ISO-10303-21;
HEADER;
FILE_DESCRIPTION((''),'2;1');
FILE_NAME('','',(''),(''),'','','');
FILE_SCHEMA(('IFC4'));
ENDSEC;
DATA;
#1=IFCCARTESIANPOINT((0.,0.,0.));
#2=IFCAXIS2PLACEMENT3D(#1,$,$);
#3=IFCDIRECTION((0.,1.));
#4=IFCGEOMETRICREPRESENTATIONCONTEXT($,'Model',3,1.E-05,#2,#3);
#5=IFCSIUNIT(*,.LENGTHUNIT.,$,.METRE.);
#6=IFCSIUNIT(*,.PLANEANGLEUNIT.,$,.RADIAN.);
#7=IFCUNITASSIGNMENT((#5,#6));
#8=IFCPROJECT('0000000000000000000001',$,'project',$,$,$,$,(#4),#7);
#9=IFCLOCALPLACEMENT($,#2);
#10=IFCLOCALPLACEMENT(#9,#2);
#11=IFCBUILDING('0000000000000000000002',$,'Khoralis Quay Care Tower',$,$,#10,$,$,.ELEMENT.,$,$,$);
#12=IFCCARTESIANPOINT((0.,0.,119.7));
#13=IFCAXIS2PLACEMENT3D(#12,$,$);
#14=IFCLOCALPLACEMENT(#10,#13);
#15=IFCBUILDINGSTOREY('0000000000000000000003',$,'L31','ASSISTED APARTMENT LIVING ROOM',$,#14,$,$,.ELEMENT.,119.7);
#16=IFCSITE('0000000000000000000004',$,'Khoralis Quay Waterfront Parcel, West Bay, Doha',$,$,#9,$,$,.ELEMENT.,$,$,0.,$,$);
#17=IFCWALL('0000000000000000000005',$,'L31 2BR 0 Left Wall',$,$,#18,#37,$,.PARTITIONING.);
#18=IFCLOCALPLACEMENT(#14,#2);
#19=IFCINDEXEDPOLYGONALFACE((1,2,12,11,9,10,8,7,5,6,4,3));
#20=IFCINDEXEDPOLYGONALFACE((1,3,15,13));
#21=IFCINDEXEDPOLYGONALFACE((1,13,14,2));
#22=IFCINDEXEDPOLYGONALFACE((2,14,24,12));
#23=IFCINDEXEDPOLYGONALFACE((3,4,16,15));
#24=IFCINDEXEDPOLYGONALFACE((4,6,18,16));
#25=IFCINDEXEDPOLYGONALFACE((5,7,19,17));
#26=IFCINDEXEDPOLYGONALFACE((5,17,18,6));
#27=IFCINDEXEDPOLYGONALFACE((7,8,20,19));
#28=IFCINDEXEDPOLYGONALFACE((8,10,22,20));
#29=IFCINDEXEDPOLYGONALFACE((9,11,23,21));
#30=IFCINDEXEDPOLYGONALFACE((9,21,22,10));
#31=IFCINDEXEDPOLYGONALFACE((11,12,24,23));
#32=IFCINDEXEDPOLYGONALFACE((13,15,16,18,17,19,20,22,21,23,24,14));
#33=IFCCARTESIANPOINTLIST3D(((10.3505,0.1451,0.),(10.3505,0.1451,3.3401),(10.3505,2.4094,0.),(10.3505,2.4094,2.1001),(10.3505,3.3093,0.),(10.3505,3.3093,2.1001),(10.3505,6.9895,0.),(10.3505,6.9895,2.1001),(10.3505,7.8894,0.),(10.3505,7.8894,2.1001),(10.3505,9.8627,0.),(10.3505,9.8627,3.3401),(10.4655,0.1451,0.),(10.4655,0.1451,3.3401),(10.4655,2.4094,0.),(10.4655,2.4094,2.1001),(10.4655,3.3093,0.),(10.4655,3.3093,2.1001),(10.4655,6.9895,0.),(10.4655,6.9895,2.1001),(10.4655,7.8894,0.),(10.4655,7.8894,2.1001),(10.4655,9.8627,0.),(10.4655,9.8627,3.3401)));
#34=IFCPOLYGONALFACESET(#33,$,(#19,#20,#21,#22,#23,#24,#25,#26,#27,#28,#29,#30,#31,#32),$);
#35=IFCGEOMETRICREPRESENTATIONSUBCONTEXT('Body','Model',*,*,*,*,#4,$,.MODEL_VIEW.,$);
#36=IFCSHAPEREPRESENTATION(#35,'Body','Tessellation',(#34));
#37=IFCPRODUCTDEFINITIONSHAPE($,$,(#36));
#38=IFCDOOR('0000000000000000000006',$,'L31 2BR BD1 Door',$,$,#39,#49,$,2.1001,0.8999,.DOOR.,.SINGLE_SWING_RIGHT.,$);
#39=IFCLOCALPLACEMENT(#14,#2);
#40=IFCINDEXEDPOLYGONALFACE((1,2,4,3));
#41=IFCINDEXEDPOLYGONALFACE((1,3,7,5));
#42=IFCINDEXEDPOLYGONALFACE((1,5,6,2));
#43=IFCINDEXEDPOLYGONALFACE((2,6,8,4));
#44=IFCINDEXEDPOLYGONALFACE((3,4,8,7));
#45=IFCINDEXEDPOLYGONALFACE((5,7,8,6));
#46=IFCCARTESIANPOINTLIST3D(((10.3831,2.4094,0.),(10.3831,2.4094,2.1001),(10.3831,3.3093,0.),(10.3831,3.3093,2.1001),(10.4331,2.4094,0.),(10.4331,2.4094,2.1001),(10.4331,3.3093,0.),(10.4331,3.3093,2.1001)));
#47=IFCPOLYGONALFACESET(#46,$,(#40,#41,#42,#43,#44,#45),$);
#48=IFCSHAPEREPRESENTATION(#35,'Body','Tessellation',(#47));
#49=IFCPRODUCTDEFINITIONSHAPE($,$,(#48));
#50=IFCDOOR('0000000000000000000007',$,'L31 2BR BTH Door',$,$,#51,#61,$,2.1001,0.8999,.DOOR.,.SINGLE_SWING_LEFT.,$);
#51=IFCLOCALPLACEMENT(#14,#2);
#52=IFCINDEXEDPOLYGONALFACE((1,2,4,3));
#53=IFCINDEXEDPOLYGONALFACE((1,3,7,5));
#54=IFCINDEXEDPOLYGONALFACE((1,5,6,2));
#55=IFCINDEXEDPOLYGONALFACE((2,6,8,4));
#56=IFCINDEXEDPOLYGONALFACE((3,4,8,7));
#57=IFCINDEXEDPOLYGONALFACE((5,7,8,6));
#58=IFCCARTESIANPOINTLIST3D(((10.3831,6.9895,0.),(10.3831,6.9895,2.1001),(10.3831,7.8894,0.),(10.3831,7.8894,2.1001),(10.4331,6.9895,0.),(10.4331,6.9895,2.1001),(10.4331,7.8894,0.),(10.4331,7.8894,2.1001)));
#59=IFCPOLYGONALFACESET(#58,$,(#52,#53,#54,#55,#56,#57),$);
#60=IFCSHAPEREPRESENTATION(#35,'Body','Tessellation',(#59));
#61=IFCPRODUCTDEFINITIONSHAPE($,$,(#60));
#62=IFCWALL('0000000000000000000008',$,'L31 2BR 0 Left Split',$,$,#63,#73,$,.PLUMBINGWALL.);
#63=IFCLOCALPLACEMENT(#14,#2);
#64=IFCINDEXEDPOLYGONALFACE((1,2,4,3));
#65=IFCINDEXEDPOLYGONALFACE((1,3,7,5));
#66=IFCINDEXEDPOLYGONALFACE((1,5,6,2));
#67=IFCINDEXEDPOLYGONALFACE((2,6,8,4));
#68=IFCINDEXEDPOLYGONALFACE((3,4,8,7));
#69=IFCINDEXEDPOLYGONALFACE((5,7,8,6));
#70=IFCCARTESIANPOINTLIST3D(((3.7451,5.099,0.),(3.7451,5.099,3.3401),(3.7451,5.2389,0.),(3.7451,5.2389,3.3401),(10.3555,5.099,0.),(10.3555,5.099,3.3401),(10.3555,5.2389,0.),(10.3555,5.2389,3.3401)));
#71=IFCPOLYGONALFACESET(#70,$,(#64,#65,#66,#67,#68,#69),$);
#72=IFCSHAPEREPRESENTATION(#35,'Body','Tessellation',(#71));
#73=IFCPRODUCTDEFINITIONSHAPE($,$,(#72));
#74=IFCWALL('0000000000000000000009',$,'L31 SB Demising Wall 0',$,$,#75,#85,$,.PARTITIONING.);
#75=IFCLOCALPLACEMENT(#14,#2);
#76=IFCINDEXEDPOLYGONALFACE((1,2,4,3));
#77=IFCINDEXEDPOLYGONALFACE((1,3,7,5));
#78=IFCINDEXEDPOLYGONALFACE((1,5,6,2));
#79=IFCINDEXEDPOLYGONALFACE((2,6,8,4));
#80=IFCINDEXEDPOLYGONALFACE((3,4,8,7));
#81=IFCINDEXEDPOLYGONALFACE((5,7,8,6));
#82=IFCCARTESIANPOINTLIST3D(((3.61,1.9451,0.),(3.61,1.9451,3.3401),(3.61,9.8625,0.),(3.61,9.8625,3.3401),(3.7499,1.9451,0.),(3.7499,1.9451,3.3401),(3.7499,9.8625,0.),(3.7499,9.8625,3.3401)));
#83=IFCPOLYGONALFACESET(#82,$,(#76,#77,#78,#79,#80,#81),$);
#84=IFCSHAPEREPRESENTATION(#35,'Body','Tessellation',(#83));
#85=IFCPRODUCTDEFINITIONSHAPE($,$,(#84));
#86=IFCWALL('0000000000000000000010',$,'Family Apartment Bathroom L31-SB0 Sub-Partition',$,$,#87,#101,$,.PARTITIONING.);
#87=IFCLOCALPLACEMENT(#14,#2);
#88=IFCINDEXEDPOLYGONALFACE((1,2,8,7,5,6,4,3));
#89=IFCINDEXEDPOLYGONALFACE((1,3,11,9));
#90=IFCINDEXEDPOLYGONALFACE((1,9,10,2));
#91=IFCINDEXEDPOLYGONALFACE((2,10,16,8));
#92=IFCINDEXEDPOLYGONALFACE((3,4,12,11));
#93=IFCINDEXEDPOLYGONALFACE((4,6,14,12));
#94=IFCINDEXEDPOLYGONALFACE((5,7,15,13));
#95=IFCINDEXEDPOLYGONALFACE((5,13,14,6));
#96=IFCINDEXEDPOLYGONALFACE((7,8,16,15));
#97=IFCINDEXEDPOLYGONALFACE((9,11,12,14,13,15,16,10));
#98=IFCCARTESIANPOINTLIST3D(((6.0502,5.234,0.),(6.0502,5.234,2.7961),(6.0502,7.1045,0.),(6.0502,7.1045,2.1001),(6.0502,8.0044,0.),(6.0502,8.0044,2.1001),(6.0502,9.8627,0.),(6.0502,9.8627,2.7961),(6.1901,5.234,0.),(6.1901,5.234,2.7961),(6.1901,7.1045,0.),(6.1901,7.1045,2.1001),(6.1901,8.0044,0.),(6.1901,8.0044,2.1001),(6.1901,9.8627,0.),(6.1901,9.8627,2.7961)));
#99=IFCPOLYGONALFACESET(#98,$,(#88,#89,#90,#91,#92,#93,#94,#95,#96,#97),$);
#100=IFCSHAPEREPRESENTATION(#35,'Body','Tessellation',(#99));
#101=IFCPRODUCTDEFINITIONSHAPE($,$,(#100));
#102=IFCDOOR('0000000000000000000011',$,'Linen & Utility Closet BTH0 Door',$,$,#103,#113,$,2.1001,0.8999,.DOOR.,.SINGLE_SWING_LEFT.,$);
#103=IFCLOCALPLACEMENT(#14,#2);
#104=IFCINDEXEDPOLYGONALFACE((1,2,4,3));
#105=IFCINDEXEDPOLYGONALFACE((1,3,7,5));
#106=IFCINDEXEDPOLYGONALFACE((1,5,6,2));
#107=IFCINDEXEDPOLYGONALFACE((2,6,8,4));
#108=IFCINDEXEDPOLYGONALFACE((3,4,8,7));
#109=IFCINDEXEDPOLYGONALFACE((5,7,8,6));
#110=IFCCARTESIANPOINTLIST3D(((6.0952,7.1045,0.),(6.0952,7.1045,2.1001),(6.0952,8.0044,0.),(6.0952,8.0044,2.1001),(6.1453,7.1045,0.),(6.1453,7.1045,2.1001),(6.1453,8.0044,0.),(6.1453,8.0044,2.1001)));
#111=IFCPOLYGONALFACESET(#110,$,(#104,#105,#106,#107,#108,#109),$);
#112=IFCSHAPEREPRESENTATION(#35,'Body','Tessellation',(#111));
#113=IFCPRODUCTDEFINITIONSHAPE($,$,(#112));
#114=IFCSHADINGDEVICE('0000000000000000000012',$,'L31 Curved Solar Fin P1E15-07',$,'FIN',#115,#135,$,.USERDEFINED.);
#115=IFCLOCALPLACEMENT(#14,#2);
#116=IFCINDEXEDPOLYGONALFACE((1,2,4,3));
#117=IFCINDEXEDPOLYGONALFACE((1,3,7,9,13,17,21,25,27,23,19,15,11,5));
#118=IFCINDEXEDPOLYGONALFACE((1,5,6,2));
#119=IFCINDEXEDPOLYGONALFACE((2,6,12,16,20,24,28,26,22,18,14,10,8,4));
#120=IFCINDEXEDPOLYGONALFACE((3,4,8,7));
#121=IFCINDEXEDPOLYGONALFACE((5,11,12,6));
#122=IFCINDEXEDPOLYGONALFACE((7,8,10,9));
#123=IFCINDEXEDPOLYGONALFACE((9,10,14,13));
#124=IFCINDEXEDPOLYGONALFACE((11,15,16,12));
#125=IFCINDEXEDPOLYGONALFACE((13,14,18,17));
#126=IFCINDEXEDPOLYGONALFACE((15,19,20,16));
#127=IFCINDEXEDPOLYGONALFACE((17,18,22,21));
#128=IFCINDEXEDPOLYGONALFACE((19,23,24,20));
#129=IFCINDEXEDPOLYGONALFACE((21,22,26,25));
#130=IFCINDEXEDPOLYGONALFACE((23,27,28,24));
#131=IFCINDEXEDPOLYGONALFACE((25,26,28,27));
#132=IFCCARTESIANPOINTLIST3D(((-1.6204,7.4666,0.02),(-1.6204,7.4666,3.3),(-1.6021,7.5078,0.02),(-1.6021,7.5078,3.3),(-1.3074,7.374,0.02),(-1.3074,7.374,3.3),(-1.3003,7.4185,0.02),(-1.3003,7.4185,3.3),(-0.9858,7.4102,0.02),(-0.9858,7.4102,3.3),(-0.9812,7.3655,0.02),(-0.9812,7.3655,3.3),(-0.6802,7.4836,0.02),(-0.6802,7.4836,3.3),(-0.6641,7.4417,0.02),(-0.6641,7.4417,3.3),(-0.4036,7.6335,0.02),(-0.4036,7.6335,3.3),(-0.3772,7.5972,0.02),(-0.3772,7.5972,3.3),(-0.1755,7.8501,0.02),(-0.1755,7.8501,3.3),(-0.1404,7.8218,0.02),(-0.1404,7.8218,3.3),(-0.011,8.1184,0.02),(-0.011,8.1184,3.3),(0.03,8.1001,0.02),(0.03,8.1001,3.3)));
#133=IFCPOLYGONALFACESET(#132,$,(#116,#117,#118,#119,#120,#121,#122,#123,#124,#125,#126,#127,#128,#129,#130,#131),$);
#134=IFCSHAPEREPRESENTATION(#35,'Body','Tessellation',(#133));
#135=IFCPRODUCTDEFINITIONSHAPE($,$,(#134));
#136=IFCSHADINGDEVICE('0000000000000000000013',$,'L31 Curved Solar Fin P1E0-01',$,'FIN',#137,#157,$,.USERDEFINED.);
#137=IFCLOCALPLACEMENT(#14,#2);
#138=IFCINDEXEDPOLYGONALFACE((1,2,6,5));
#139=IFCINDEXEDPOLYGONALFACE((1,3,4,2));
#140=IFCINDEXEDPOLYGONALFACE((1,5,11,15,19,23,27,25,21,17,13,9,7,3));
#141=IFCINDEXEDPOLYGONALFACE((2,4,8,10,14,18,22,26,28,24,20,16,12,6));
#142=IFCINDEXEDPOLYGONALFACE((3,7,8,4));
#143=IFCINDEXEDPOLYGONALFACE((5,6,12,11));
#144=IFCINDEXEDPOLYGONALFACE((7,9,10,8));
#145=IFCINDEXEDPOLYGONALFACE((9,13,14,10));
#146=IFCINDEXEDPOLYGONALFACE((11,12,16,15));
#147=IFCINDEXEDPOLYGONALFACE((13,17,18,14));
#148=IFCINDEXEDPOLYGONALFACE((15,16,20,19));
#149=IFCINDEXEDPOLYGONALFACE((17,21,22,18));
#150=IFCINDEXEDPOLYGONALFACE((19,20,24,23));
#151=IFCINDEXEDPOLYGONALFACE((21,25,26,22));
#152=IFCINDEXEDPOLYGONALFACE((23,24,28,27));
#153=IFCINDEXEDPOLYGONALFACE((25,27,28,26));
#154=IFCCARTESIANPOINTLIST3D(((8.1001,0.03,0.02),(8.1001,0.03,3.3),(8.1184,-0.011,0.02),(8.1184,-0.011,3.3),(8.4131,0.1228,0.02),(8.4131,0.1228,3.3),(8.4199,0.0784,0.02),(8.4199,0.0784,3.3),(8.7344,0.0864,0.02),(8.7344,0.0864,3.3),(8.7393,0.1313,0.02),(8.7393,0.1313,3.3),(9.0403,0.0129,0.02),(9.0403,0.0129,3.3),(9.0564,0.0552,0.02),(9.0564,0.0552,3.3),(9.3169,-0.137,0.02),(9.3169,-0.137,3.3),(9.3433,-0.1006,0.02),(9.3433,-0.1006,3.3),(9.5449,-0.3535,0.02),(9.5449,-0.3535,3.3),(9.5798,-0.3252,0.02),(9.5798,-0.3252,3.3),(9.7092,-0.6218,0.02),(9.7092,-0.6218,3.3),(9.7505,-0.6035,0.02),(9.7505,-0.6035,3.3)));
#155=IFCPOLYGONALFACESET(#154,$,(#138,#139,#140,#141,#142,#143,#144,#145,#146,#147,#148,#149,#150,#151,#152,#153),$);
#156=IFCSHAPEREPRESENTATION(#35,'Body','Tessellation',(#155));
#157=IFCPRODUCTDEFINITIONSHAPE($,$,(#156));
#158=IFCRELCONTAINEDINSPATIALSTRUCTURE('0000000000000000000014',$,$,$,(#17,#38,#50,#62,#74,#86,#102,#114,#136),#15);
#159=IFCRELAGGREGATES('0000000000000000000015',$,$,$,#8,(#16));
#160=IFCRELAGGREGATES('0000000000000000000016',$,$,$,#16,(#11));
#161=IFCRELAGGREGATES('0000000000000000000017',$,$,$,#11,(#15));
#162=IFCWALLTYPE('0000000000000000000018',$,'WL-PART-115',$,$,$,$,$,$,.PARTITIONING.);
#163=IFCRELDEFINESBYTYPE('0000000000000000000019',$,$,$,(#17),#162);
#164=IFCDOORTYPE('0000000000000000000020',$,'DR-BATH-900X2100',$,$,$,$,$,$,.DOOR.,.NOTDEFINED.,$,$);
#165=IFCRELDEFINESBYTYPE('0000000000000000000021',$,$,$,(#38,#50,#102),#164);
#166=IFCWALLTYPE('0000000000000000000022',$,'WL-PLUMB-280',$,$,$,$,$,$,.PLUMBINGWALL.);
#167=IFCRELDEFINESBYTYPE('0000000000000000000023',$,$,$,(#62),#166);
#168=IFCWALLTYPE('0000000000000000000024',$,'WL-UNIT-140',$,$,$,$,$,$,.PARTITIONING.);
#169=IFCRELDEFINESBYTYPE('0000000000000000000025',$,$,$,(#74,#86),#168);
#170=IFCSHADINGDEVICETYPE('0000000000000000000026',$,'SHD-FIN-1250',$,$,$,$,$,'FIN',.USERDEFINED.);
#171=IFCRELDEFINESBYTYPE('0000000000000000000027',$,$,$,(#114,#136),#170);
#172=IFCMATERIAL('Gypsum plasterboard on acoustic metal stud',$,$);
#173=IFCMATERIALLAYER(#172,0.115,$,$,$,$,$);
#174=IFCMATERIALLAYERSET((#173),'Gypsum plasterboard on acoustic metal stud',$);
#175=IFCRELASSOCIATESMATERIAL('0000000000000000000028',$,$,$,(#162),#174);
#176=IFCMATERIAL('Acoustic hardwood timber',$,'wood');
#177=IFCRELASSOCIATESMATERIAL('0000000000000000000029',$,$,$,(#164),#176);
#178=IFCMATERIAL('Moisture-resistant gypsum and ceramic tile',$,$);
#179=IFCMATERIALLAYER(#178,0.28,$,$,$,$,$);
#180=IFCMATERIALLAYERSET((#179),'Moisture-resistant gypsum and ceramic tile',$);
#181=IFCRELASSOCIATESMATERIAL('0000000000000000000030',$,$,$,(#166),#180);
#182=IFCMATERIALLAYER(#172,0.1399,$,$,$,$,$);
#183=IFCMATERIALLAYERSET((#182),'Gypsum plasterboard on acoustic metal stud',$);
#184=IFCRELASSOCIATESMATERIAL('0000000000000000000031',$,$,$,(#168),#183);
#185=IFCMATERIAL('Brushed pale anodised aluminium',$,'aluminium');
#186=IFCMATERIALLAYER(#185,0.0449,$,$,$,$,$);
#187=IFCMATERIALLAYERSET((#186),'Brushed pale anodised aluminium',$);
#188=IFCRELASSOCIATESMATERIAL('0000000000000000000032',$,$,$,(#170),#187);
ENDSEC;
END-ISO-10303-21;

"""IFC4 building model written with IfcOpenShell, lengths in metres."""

from ifc_helpers import new_model, si_unit, direction, frame, frame_2d, origin, place, context, subcontext, project, spatial, polyline, rectangle, outline, extrude, source, transform, mapped, material, layer, layer_set, type_object, element, fill, save


model = new_model("IFC4")

# Units and contexts
model_context = context("Model", 3, precision=1e-05, world=origin(), true_north=direction((0.0, 1.0)))
body_context = subcontext(model_context, "Body", "Model", "MODEL_VIEW")
ifc_project = project(units=[si_unit("LENGTHUNIT", "METRE"), si_unit("PLANEANGLEUNIT", "RADIAN")], contexts=[model_context])

# Site, building, storey
site_placement = place(None, origin())
site = spatial("IfcSite", under=ifc_project, at=site_placement, Name="Khoralis Quay Waterfront Parcel, West Bay, Doha", CompositionType="ELEMENT", RefElevation=0.0)
building_placement = place(site_placement, origin())
building = spatial("IfcBuilding", under=site, at=building_placement, Name="Khoralis Quay Care Tower", CompositionType="ELEMENT")
storey_placement = place(building_placement, frame((0.0, 0.0, 119.7)))
storey = spatial("IfcBuildingStorey", under=building, at=storey_placement, Name="L31", Description="ASSISTED APARTMENT LIVING ROOM", CompositionType="ELEMENT", Elevation=119.7)

# Wall, openings, doors
ifc_material_1 = material(Name="Gypsum plasterboard on acoustic metal stud")
ifc_layer_1 = layer(ifc_material_1, 0.115)
ifc_layer_set_1 = layer_set([ifc_layer_1], Name="Gypsum plasterboard on acoustic metal stud")
wall_type_1 = type_object("IfcWallType", Name="WL-PART-115", PredefinedType="PARTITIONING", material=ifc_layer_set_1)
wall_1_placement = place(storey_placement, frame((10.408, 0.145, 0.0), z_axis=(0.0, 0.0, 1.0), x_axis=(0.0, 1.0, 0.0)))
wall_1 = element("IfcWall", 1, at=wall_1_placement, inside=storey, type_object=wall_type_1, Name="L31 2BR 0 Left Wall", PredefinedType="PARTITIONING", context=body_context, shape_type="SweptSolid", body=[
    extrude(rectangle(XDim=9.7175, YDim=0.115, at=frame_2d((4.8589, 0.0))), origin(), (0.0, 0.0, 1.0), 3.3401),
])
opening_1_placement = place(wall_1_placement, frame((2.2644, 0.0, 0.0)))
opening_1 = element("IfcOpeningElement", 2, at=opening_1_placement, cuts=wall_1, PredefinedType="OPENING", context=body_context, shape_type="SweptSolid", body=[
    extrude(rectangle(XDim=0.8999, YDim=2.1001, at=frame_2d((0.45, 1.05))), frame((0.0, 0.0674, 0.0), z_axis=(0.0, -1.0, 0.0), x_axis=(1.0, 0.0, 0.0)), (0.0, 0.0, 1.0), 0.135),
])
opening_2_placement = place(wall_1_placement, frame((6.8445, 0.0, 0.0)))
opening_2 = element("IfcOpeningElement", 3, at=opening_2_placement, cuts=wall_1, PredefinedType="OPENING", context=body_context, shape_type="SweptSolid", body=[
    extrude(rectangle(XDim=0.8999, YDim=2.1001, at=frame_2d((0.45, 1.05))), frame((0.0, 0.0674, 0.0), z_axis=(0.0, -1.0, 0.0), x_axis=(1.0, 0.0, 0.0)), (0.0, 0.0, 1.0), 0.135),
])
ifc_material_2 = material(Name="Acoustic hardwood timber", Category="wood")
door_type = type_object("IfcDoorType", Name="DR-BATH-900X2100", OperationType="NOTDEFINED", PredefinedType="DOOR", material=ifc_material_2)
shared_shape_1 = source(origin(), body_context, "Body", "SweptSolid", [
    extrude(rectangle(XDim=0.8999, YDim=2.1001, at=frame_2d((0.45, 1.05))), frame((0.0, 0.0249, 0.0), z_axis=(0.0, -1.0, 0.0), x_axis=(1.0, 0.0, 0.0)), (0.0, 0.0, 1.0), 0.05),
])
door_1_placement = place(opening_1_placement, origin())
door_1 = element("IfcDoor", 4, at=door_1_placement, inside=storey, type_object=door_type, Name="L31 2BR BD1 Door", OperationType="SINGLE_SWING_RIGHT", OverallHeight=2.1001, OverallWidth=0.8999, PredefinedType="DOOR", context=body_context, shape_type="MappedRepresentation", body=[
    mapped(shared_shape_1, transform((0.0, 0.0, 0.0), scale=1.0)),
])
fill(opening_1, door_1)
door_2_placement = place(opening_2_placement, origin())
door_2 = element("IfcDoor", 5, at=door_2_placement, inside=storey, type_object=door_type, Name="L31 2BR BTH Door", OperationType="SINGLE_SWING_LEFT", OverallHeight=2.1001, OverallWidth=0.8999, PredefinedType="DOOR", context=body_context, shape_type="MappedRepresentation", body=[
    mapped(shared_shape_1, transform((0.0, 0.0, 0.0), scale=1.0)),
])
fill(opening_2, door_2)

# Walls
ifc_material_3 = material(Name="Moisture-resistant gypsum and ceramic tile")
ifc_layer_2 = layer(ifc_material_3, 0.28)
ifc_layer_set_2 = layer_set([ifc_layer_2], Name="Moisture-resistant gypsum and ceramic tile")
wall_type_2 = type_object("IfcWallType", Name="WL-PLUMB-280", PredefinedType="PLUMBINGWALL", material=ifc_layer_set_2)
wall_2_placement = place(storey_placement, frame((3.7451, 5.1689, 0.0), z_axis=(0.0, 0.0, 1.0), x_axis=(1.0, 0.0, 0.0)))
element("IfcWall", 6, at=wall_2_placement, inside=storey, type_object=wall_type_2, Name="L31 2BR 0 Left Split", PredefinedType="PLUMBINGWALL", context=body_context, shape_type="SweptSolid", body=[
    extrude(rectangle(XDim=6.6104, YDim=0.1399, at=frame_2d((3.3052, 0.0))), origin(), (0.0, 0.0, 1.0), 3.3401),
])
ifc_layer_3 = layer(ifc_material_1, 0.1399)
ifc_layer_set_3 = layer_set([ifc_layer_3], Name="Gypsum plasterboard on acoustic metal stud")
wall_type_3 = type_object("IfcWallType", Name="WL-UNIT-140", PredefinedType="PARTITIONING", material=ifc_layer_set_3)
wall_3_placement = place(storey_placement, frame((3.6799, 1.9451, 0.0), z_axis=(0.0, 0.0, 1.0), x_axis=(0.0, 1.0, 0.0)))
element("IfcWall", 7, at=wall_3_placement, inside=storey, type_object=wall_type_3, Name="L31 SB Demising Wall 0", PredefinedType="PARTITIONING", context=body_context, shape_type="SweptSolid", body=[
    extrude(rectangle(XDim=7.9175, YDim=0.1399, at=frame_2d((3.9587, 0.0))), origin(), (0.0, 0.0, 1.0), 3.3401),
])

# Wall, opening, door
wall_4_placement = place(storey_placement, frame((6.1201, 5.2339, 0.0), z_axis=(0.0, 0.0, 1.0), x_axis=(0.0, 1.0, 0.0)))
wall_4 = element("IfcWall", 8, at=wall_4_placement, inside=storey, type_object=wall_type_3, Name="Family Apartment Bathroom L31-SB0 Sub-Partition", PredefinedType="PARTITIONING", context=body_context, shape_type="SweptSolid", body=[
    extrude(rectangle(XDim=4.6287, YDim=0.1399, at=frame_2d((2.3145, 0.0))), origin(), (0.0, 0.0, 1.0), 2.7961),
])
opening_3_placement = place(wall_4_placement, frame((1.8706, 0.0, 0.0)))
opening_3 = element("IfcOpeningElement", 9, at=opening_3_placement, cuts=wall_4, PredefinedType="OPENING", context=body_context, shape_type="SweptSolid", body=[
    extrude(rectangle(XDim=0.8999, YDim=2.1001, at=frame_2d((0.45, 1.05))), frame((0.0, 0.0801, 0.0), z_axis=(0.0, -1.0, 0.0), x_axis=(1.0, 0.0, 0.0)), (0.0, 0.0, 1.0), 0.1599),
])
door_3_placement = place(opening_3_placement, origin())
door_3 = element("IfcDoor", 10, at=door_3_placement, inside=storey, type_object=door_type, Name="Linen & Utility Closet BTH0 Door", OperationType="SINGLE_SWING_LEFT", OverallHeight=2.1001, OverallWidth=0.8999, PredefinedType="DOOR", context=body_context, shape_type="MappedRepresentation", body=[
    mapped(shared_shape_1, transform((0.0, 0.0, 0.0), scale=1.0)),
])
fill(opening_3, door_3)

# Shading devices
ifc_material_4 = material(Name="Brushed pale anodised aluminium", Category="aluminium")
ifc_layer_4 = layer(ifc_material_4, 0.0449)
ifc_layer_set_4 = layer_set([ifc_layer_4], Name="Brushed pale anodised aluminium")
shading_device_type = type_object("IfcShadingDeviceType", Name="SHD-FIN-1250", ElementType="FIN", PredefinedType="USERDEFINED", material=ifc_layer_set_4)
shared_shape_2 = source(origin(), body_context, "Body", "SweptSolid", [
    extrude(outline(polyline([(0.0, 0.0), (0.1704, 0.2783), (0.4072, 0.5029), (0.6941, 0.6584), (1.0112, 0.7346), (1.3374, 0.7261), (1.6504, 0.6335), (1.6321, 0.5923), (1.3303, 0.6816), (1.0159, 0.6899), (0.7102, 0.6165), (0.4336, 0.4666), (0.2056, 0.25), (0.041, -0.0183), (0.0, 0.0)])), origin(), (0.0, 0.0, 1.0), 3.28),
])
shading_device_1_placement = place(storey_placement, frame((0.03, 8.1001, 0.02), z_axis=(0.0, 0.0, 1.0), x_axis=(-1.0, 0.0, 0.0)))
element("IfcShadingDevice", 11, at=shading_device_1_placement, inside=storey, type_object=shading_device_type, Name="L31 Curved Solar Fin P1E15-07", ObjectType="FIN", PredefinedType="USERDEFINED", context=body_context, shape_type="MappedRepresentation", body=[
    mapped(shared_shape_2, transform((0.0, 0.0, 0.0), scale=1.0)),
])
shared_shape_3 = source(origin(), body_context, "Body", "SweptSolid", [
    extrude(outline(polyline([(0.0, 0.0), (-0.0928, 0.313), (-0.1013, 0.6392), (-0.0251, 0.9563), (0.1306, 1.2432), (0.3552, 1.4797), (0.6335, 1.6504), (0.6519, 1.6091), (0.3835, 1.4448), (0.167, 1.2168), (0.0171, 0.9402), (-0.0564, 0.6343), (-0.0483, 0.3198), (0.041, 0.0183), (0.0, 0.0)])), origin(), (0.0, 0.0, 1.0), 3.28),
])
shading_device_2_placement = place(storey_placement, frame((8.1001, 0.03, 0.02), z_axis=(0.0, 0.0, 1.0), x_axis=(0.0, -1.0, 0.0)))
element("IfcShadingDevice", 12, at=shading_device_2_placement, inside=storey, type_object=shading_device_type, Name="L31 Curved Solar Fin P1E0-01", ObjectType="FIN", PredefinedType="USERDEFINED", context=body_context, shape_type="MappedRepresentation", body=[
    mapped(shared_shape_3, transform((0.0, 0.0, 0.0), scale=1.0)),
])

save(model, "model.ifc")
